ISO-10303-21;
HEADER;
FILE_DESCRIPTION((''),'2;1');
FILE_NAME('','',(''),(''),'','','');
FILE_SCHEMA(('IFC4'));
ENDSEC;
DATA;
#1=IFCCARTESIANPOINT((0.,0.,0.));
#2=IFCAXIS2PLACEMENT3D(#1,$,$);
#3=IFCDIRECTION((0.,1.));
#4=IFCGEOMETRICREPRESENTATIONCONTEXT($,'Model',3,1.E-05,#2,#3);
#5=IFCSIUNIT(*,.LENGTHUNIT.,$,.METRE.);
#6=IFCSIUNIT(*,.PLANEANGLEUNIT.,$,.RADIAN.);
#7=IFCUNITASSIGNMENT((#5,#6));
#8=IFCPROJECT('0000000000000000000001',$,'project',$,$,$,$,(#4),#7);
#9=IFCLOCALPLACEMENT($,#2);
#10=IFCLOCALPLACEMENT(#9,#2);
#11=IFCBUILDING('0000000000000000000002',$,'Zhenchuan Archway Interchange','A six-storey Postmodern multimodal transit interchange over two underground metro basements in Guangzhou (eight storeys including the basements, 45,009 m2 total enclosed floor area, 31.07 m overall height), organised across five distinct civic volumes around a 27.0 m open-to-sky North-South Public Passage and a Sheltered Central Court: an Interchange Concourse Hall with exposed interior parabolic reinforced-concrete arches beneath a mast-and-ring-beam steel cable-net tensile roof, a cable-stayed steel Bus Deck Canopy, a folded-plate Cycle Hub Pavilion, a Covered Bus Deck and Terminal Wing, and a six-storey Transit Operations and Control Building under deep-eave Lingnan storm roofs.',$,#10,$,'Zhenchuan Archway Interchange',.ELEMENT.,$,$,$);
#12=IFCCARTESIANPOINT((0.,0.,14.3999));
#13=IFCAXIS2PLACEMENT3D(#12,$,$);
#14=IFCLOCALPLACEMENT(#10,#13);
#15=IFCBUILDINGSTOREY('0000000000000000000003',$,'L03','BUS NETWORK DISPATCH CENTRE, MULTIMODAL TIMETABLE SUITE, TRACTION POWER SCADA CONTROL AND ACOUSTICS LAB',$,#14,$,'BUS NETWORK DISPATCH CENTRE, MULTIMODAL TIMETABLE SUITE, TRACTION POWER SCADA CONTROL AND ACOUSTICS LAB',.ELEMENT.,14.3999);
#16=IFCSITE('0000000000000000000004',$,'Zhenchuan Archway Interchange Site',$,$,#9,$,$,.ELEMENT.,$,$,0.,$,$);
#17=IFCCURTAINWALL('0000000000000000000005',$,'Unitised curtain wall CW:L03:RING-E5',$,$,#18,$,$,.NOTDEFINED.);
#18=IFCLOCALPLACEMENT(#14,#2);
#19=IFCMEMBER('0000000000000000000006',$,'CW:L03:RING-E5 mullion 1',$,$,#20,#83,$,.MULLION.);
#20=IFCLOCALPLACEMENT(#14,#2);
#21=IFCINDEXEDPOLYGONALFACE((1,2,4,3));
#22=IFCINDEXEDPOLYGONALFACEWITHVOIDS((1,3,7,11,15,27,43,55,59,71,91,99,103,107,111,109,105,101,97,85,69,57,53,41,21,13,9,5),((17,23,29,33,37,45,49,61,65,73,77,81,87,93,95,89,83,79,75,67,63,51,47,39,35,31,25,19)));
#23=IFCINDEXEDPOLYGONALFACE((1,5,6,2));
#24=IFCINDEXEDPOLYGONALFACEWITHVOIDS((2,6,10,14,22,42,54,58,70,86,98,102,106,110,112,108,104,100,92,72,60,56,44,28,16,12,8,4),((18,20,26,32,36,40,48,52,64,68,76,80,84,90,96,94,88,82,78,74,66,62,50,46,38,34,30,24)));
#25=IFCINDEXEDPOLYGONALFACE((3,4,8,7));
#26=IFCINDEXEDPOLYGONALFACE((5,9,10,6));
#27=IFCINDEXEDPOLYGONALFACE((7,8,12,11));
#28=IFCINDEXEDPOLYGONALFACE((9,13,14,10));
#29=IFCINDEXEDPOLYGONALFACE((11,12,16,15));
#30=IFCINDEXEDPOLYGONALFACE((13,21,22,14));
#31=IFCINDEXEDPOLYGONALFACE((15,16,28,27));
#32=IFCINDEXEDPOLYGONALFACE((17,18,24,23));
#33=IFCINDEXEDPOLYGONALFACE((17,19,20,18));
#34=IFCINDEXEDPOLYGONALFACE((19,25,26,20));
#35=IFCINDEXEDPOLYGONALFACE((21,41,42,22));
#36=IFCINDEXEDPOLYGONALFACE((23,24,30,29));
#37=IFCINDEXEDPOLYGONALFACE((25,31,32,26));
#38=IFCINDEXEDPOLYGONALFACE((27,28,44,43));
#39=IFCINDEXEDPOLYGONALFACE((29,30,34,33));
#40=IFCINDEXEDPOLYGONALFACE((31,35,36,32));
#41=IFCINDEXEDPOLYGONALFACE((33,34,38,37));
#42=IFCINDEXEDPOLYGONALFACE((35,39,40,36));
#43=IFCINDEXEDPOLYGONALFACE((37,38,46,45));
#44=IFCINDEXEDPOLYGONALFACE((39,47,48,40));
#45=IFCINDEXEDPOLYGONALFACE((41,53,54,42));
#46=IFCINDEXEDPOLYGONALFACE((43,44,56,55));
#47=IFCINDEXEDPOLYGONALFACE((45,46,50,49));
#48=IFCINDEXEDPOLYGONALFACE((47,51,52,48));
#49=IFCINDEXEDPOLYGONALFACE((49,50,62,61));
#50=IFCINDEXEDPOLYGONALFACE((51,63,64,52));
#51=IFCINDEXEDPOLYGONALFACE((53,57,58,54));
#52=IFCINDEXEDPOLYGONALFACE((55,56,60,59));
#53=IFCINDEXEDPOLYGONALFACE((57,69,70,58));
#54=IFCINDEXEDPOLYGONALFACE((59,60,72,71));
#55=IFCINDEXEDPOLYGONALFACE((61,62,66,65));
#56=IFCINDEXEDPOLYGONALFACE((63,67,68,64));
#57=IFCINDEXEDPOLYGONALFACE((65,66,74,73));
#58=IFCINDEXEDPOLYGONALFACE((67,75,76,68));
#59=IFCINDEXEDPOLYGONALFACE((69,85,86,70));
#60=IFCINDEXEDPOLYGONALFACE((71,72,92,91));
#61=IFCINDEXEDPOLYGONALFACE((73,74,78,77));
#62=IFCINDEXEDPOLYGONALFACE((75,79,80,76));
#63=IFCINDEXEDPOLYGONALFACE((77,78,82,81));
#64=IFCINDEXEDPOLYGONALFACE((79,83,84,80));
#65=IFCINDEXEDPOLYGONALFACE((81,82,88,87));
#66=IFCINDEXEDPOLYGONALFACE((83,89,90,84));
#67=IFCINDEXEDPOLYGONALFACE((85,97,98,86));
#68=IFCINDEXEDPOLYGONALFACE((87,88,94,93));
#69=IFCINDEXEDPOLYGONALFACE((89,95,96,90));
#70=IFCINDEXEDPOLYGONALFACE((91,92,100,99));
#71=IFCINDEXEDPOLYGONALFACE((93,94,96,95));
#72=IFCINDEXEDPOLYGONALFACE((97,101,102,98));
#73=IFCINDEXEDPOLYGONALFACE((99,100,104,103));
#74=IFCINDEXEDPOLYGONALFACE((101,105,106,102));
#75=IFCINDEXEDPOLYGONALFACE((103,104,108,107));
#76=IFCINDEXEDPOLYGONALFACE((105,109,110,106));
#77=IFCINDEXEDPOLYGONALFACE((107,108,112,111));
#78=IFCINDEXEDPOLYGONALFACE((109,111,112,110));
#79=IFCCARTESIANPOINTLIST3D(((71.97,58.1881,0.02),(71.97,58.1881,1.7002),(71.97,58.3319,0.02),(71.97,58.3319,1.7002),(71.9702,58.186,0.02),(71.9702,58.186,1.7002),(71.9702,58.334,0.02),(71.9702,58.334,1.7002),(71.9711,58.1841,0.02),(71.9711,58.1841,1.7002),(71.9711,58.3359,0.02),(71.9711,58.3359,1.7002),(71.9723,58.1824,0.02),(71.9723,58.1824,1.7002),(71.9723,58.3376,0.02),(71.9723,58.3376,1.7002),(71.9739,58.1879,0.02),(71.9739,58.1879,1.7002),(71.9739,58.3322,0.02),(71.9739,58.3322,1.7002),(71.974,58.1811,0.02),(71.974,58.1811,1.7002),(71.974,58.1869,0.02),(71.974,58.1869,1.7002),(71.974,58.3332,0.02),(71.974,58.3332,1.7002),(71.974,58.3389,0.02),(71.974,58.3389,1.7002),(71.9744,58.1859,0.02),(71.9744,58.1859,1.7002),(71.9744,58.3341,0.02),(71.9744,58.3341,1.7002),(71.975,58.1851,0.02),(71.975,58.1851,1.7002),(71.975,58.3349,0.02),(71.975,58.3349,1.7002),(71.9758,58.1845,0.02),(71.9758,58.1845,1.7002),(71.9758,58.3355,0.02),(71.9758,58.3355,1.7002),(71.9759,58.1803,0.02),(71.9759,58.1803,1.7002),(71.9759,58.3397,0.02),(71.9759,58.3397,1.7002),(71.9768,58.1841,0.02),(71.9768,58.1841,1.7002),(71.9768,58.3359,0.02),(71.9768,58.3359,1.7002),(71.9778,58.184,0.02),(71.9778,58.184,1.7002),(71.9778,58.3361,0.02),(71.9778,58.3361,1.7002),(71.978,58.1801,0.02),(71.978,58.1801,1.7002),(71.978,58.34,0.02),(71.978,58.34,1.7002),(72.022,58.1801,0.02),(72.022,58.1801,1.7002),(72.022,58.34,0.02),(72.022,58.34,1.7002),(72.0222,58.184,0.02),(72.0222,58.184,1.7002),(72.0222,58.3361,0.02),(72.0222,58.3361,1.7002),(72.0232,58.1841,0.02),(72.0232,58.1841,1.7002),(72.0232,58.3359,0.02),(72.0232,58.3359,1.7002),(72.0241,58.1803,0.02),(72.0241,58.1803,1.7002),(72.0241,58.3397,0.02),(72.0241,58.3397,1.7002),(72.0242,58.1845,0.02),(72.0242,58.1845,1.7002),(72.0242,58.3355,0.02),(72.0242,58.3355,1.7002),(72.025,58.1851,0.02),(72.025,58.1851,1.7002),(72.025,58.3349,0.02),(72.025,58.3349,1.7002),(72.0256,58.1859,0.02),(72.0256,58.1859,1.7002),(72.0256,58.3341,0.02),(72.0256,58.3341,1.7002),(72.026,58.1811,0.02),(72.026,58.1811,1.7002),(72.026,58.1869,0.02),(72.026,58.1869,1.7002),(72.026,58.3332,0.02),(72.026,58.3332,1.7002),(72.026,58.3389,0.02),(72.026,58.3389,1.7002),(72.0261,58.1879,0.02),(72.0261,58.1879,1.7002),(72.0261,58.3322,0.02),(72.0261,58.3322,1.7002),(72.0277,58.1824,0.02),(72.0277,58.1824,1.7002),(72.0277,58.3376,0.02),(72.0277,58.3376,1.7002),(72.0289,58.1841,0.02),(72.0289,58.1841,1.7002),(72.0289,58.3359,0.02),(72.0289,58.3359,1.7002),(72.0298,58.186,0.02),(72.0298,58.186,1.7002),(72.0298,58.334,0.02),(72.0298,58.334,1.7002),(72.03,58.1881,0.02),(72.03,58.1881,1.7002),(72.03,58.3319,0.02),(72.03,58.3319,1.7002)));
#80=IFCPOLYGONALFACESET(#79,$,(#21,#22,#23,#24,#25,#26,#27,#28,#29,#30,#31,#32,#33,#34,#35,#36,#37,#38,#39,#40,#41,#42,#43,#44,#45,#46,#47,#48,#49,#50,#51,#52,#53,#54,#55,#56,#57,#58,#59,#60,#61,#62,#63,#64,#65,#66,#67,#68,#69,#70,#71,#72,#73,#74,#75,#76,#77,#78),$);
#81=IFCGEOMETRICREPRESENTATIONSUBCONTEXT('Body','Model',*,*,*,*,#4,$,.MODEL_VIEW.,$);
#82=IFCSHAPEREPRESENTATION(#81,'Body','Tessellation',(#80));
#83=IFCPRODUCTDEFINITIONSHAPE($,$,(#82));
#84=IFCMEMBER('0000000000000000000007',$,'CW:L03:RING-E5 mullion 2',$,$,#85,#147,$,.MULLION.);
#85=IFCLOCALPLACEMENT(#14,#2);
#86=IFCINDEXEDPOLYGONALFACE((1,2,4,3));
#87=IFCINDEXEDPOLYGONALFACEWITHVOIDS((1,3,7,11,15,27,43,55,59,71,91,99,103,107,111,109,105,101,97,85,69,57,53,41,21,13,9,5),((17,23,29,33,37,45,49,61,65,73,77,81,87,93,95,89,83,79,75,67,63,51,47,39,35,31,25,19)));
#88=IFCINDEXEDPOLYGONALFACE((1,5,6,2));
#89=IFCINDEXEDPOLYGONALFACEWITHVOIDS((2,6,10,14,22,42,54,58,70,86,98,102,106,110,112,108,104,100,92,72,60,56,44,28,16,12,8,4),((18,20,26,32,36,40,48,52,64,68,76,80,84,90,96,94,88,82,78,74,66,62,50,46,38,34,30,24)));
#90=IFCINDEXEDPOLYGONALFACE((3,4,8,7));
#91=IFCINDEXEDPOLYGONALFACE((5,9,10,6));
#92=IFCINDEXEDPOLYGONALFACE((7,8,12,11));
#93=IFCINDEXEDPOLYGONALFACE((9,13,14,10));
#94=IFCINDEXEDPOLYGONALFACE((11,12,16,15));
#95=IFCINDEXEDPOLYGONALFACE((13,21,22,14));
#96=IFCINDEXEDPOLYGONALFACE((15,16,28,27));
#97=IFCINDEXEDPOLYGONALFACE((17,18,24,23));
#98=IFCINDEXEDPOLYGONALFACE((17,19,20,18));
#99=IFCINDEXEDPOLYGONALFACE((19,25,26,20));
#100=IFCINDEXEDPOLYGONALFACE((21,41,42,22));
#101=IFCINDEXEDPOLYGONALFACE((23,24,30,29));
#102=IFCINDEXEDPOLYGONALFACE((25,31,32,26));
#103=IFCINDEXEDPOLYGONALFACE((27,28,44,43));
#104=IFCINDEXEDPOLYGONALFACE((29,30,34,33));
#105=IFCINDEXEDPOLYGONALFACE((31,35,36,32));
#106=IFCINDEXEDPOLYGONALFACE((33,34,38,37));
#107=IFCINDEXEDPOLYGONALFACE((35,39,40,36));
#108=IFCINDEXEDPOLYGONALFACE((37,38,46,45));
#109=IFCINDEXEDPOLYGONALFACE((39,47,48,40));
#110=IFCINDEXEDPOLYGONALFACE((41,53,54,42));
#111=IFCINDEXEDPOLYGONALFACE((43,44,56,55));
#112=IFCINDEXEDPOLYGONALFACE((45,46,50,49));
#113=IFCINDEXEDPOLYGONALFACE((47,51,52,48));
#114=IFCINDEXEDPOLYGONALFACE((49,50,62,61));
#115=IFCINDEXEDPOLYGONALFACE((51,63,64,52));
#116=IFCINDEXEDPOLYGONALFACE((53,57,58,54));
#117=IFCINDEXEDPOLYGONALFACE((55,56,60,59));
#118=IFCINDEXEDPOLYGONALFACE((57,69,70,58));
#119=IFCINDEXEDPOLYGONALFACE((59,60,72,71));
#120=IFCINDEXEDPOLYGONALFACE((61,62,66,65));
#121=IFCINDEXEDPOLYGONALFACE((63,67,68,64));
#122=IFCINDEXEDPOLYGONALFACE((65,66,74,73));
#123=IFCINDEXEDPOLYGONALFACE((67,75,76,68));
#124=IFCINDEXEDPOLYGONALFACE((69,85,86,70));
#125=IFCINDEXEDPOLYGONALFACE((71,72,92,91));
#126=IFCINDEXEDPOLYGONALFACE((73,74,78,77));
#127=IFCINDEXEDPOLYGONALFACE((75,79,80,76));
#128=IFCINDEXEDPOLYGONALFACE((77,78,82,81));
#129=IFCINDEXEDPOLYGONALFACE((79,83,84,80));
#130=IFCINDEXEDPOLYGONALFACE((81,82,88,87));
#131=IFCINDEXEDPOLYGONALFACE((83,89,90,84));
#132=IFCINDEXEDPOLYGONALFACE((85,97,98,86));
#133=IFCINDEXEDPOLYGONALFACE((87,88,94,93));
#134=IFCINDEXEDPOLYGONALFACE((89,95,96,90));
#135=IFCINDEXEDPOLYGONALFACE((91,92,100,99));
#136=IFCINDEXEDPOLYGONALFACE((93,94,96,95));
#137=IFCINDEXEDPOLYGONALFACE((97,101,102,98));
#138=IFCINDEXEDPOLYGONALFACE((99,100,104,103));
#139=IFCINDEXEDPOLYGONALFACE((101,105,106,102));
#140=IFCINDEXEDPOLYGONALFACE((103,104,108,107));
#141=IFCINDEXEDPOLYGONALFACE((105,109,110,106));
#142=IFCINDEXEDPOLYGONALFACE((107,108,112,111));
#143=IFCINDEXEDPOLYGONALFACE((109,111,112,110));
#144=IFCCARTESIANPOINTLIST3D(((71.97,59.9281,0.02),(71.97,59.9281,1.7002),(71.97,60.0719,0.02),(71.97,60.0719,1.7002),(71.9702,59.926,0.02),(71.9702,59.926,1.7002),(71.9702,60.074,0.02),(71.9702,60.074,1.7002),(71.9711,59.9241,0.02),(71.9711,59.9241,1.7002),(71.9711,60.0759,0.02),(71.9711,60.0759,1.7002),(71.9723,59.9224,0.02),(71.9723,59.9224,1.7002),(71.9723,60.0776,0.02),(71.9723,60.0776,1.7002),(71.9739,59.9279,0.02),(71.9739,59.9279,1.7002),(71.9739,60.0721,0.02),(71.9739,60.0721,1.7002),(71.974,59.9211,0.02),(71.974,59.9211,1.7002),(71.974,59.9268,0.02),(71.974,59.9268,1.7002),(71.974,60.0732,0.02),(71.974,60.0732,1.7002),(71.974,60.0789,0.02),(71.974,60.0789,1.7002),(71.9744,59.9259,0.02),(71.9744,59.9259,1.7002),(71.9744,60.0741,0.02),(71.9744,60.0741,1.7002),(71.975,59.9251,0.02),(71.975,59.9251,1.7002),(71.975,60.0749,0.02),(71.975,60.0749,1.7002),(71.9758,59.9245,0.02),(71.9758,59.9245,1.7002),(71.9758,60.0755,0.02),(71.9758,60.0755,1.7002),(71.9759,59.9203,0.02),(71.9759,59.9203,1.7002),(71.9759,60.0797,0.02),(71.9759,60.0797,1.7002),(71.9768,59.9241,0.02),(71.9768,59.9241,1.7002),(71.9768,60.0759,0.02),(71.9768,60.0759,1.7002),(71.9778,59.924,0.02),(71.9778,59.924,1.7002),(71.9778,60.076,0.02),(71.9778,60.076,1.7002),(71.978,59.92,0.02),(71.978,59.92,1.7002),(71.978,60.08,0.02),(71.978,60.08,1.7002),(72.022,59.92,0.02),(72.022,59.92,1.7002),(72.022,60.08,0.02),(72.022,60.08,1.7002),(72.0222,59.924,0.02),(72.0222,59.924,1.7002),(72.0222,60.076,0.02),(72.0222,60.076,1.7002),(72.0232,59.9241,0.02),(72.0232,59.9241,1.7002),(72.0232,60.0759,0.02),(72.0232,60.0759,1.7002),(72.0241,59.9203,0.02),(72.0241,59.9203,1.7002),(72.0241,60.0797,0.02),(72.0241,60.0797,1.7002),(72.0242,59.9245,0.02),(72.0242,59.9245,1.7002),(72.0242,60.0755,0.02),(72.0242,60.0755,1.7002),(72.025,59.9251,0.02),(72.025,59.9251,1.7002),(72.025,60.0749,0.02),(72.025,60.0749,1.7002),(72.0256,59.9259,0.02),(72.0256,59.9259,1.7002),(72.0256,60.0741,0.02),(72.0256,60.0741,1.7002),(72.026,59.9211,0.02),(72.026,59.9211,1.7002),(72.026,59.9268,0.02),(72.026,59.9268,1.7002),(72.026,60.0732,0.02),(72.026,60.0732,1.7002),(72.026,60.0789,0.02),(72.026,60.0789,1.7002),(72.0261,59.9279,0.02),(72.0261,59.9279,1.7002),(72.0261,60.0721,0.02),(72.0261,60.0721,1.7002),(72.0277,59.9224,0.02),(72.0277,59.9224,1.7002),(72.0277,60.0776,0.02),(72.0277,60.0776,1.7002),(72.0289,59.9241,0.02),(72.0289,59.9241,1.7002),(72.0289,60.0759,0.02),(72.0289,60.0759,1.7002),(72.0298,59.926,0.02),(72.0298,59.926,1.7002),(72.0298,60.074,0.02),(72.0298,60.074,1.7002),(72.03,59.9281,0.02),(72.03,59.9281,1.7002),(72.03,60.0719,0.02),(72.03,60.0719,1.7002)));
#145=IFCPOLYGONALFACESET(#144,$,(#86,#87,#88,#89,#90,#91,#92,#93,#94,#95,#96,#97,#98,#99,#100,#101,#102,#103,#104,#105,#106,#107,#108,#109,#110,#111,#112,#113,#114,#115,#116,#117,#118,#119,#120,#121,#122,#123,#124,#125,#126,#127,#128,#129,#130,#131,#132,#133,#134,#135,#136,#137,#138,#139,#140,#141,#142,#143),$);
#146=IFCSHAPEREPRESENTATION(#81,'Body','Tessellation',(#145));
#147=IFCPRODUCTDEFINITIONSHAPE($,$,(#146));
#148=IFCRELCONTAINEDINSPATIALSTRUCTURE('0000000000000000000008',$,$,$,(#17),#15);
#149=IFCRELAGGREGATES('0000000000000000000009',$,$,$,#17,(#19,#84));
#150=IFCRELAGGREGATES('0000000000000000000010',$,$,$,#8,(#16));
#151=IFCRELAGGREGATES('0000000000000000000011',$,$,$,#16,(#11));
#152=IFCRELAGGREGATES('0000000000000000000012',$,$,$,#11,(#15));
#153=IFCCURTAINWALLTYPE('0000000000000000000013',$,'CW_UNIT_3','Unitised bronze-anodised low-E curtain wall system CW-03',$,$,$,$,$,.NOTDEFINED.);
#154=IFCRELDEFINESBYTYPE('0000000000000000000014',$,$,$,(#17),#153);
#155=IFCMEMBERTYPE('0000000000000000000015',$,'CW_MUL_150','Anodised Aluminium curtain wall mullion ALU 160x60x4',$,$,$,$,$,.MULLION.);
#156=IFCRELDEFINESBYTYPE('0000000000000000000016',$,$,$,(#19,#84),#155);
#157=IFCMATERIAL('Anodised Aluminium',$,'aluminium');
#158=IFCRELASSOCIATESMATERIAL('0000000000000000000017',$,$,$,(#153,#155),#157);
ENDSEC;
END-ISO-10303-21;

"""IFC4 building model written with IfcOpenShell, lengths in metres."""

from ifc_helpers import new_model, si_unit, direction, frame, origin, origin_2d, place, context, subcontext, project, spatial, hollow_rectangle, extrude, material, material_profile, profile_set, type_object, element, aggregate, save


model = new_model("IFC4")

# Units and contexts
model_context = context("Model", 3, precision=1e-05, world=origin(), true_north=direction((0.0, 1.0)))
body_context = subcontext(model_context, "Body", "Model", "MODEL_VIEW")
ifc_project = project(units=[si_unit("LENGTHUNIT", "METRE"), si_unit("PLANEANGLEUNIT", "RADIAN")], contexts=[model_context])

# Site, building, storey
site_placement = place(None, origin())
site = spatial("IfcSite", under=ifc_project, at=site_placement, Name="Zhenchuan Archway Interchange Site", CompositionType="ELEMENT", RefElevation=0.0)
building_placement = place(site_placement, origin())
building = spatial("IfcBuilding", under=site, at=building_placement, Name="Zhenchuan Archway Interchange", Description="A six-storey Postmodern multimodal transit interchange over two underground metro basements in Guangzhou (eight storeys including the basements, 45,009 m2 total enclosed floor area, 31.07 m overall height), organised across five distinct civic volumes around a 27.0 m open-to-sky North-South Public Passage and a Sheltered Central Court: an Interchange Concourse Hall with exposed interior parabolic reinforced-concrete arches beneath a mast-and-ring-beam steel cable-net tensile roof, a cable-stayed steel Bus Deck Canopy, a folded-plate Cycle Hub Pavilion, a Covered Bus Deck and Terminal Wing, and a six-storey Transit Operations and Control Building under deep-eave Lingnan storm roofs.", LongName="Zhenchuan Archway Interchange", CompositionType="ELEMENT")
storey_placement = place(building_placement, frame((0.0, 0.0, 14.3999)))
storey = spatial("IfcBuildingStorey", under=building, at=storey_placement, Name="L03", Description="BUS NETWORK DISPATCH CENTRE, MULTIMODAL TIMETABLE SUITE, TRACTION POWER SCADA CONTROL AND ACOUSTICS LAB", LongName="BUS NETWORK DISPATCH CENTRE, MULTIMODAL TIMETABLE SUITE, TRACTION POWER SCADA CONTROL AND ACOUSTICS LAB", CompositionType="ELEMENT", Elevation=14.3999)

# Curtain wall, members
ifc_material_1 = material(Name="Anodised Aluminium", Category="aluminium")
curtain_wall_type = type_object("IfcCurtainWallType", Name="CW_UNIT_3", Description="Unitised bronze-anodised low-E curtain wall system CW-03", PredefinedType="NOTDEFINED", material=ifc_material_1)
curtain_wall_1_placement = place(storey_placement, origin())
curtain_wall_1 = element("IfcCurtainWall", 1, at=curtain_wall_1_placement, inside=storey, type_object=curtain_wall_type, Name="Unitised curtain wall CW:L03:RING-E5", PredefinedType="NOTDEFINED")
ifc_material_profile_1 = material_profile(ifc_material_1, hollow_rectangle(XDim=0.0601, YDim=0.1599, WallThickness=0.0039, InnerFilletRadius=0.0039, OuterFilletRadius=0.0081, at=origin_2d()), Name="ALU 160x60x4")
ifc_profile_set_1 = profile_set([ifc_material_profile_1], Name="Anodised Aluminium")
member_type_1 = type_object("IfcMemberType", Name="CW_MUL_150", Description="Anodised Aluminium curtain wall mullion ALU 160x60x4", PredefinedType="MULLION", material=ifc_profile_set_1)
member_1_placement = place(storey_placement, frame((72.0, 58.26, 0.02), z_axis=(0.0, 0.0, 1.0), x_axis=(1.0, 0.0, 0.0)))
member_1 = element("IfcMember", 2, at=member_1_placement, type_object=member_type_1, Name="CW:L03:RING-E5 mullion 1", PredefinedType="MULLION", context=body_context, shape_type="SweptSolid", body=[
    extrude(hollow_rectangle(XDim=0.0601, YDim=0.1599, WallThickness=0.0039, InnerFilletRadius=0.0039, OuterFilletRadius=0.0081, at=origin_2d()), origin(), (0.0, 0.0, 1.0), 1.6802),
])
member_2_placement = place(storey_placement, frame((72.0, 60.0, 0.02), z_axis=(0.0, 0.0, 1.0), x_axis=(1.0, 0.0, 0.0)))
member_2 = element("IfcMember", 3, at=member_2_placement, type_object=member_type_1, Name="CW:L03:RING-E5 mullion 2", PredefinedType="MULLION", context=body_context, shape_type="SweptSolid", body=[
    extrude(hollow_rectangle(XDim=0.0601, YDim=0.1599, WallThickness=0.0039, InnerFilletRadius=0.0039, OuterFilletRadius=0.0081, at=origin_2d()), origin(), (0.0, 0.0, 1.0), 1.6802),
])

aggregate(curtain_wall_1, [member_1, member_2])

save(model, "model.ifc")
